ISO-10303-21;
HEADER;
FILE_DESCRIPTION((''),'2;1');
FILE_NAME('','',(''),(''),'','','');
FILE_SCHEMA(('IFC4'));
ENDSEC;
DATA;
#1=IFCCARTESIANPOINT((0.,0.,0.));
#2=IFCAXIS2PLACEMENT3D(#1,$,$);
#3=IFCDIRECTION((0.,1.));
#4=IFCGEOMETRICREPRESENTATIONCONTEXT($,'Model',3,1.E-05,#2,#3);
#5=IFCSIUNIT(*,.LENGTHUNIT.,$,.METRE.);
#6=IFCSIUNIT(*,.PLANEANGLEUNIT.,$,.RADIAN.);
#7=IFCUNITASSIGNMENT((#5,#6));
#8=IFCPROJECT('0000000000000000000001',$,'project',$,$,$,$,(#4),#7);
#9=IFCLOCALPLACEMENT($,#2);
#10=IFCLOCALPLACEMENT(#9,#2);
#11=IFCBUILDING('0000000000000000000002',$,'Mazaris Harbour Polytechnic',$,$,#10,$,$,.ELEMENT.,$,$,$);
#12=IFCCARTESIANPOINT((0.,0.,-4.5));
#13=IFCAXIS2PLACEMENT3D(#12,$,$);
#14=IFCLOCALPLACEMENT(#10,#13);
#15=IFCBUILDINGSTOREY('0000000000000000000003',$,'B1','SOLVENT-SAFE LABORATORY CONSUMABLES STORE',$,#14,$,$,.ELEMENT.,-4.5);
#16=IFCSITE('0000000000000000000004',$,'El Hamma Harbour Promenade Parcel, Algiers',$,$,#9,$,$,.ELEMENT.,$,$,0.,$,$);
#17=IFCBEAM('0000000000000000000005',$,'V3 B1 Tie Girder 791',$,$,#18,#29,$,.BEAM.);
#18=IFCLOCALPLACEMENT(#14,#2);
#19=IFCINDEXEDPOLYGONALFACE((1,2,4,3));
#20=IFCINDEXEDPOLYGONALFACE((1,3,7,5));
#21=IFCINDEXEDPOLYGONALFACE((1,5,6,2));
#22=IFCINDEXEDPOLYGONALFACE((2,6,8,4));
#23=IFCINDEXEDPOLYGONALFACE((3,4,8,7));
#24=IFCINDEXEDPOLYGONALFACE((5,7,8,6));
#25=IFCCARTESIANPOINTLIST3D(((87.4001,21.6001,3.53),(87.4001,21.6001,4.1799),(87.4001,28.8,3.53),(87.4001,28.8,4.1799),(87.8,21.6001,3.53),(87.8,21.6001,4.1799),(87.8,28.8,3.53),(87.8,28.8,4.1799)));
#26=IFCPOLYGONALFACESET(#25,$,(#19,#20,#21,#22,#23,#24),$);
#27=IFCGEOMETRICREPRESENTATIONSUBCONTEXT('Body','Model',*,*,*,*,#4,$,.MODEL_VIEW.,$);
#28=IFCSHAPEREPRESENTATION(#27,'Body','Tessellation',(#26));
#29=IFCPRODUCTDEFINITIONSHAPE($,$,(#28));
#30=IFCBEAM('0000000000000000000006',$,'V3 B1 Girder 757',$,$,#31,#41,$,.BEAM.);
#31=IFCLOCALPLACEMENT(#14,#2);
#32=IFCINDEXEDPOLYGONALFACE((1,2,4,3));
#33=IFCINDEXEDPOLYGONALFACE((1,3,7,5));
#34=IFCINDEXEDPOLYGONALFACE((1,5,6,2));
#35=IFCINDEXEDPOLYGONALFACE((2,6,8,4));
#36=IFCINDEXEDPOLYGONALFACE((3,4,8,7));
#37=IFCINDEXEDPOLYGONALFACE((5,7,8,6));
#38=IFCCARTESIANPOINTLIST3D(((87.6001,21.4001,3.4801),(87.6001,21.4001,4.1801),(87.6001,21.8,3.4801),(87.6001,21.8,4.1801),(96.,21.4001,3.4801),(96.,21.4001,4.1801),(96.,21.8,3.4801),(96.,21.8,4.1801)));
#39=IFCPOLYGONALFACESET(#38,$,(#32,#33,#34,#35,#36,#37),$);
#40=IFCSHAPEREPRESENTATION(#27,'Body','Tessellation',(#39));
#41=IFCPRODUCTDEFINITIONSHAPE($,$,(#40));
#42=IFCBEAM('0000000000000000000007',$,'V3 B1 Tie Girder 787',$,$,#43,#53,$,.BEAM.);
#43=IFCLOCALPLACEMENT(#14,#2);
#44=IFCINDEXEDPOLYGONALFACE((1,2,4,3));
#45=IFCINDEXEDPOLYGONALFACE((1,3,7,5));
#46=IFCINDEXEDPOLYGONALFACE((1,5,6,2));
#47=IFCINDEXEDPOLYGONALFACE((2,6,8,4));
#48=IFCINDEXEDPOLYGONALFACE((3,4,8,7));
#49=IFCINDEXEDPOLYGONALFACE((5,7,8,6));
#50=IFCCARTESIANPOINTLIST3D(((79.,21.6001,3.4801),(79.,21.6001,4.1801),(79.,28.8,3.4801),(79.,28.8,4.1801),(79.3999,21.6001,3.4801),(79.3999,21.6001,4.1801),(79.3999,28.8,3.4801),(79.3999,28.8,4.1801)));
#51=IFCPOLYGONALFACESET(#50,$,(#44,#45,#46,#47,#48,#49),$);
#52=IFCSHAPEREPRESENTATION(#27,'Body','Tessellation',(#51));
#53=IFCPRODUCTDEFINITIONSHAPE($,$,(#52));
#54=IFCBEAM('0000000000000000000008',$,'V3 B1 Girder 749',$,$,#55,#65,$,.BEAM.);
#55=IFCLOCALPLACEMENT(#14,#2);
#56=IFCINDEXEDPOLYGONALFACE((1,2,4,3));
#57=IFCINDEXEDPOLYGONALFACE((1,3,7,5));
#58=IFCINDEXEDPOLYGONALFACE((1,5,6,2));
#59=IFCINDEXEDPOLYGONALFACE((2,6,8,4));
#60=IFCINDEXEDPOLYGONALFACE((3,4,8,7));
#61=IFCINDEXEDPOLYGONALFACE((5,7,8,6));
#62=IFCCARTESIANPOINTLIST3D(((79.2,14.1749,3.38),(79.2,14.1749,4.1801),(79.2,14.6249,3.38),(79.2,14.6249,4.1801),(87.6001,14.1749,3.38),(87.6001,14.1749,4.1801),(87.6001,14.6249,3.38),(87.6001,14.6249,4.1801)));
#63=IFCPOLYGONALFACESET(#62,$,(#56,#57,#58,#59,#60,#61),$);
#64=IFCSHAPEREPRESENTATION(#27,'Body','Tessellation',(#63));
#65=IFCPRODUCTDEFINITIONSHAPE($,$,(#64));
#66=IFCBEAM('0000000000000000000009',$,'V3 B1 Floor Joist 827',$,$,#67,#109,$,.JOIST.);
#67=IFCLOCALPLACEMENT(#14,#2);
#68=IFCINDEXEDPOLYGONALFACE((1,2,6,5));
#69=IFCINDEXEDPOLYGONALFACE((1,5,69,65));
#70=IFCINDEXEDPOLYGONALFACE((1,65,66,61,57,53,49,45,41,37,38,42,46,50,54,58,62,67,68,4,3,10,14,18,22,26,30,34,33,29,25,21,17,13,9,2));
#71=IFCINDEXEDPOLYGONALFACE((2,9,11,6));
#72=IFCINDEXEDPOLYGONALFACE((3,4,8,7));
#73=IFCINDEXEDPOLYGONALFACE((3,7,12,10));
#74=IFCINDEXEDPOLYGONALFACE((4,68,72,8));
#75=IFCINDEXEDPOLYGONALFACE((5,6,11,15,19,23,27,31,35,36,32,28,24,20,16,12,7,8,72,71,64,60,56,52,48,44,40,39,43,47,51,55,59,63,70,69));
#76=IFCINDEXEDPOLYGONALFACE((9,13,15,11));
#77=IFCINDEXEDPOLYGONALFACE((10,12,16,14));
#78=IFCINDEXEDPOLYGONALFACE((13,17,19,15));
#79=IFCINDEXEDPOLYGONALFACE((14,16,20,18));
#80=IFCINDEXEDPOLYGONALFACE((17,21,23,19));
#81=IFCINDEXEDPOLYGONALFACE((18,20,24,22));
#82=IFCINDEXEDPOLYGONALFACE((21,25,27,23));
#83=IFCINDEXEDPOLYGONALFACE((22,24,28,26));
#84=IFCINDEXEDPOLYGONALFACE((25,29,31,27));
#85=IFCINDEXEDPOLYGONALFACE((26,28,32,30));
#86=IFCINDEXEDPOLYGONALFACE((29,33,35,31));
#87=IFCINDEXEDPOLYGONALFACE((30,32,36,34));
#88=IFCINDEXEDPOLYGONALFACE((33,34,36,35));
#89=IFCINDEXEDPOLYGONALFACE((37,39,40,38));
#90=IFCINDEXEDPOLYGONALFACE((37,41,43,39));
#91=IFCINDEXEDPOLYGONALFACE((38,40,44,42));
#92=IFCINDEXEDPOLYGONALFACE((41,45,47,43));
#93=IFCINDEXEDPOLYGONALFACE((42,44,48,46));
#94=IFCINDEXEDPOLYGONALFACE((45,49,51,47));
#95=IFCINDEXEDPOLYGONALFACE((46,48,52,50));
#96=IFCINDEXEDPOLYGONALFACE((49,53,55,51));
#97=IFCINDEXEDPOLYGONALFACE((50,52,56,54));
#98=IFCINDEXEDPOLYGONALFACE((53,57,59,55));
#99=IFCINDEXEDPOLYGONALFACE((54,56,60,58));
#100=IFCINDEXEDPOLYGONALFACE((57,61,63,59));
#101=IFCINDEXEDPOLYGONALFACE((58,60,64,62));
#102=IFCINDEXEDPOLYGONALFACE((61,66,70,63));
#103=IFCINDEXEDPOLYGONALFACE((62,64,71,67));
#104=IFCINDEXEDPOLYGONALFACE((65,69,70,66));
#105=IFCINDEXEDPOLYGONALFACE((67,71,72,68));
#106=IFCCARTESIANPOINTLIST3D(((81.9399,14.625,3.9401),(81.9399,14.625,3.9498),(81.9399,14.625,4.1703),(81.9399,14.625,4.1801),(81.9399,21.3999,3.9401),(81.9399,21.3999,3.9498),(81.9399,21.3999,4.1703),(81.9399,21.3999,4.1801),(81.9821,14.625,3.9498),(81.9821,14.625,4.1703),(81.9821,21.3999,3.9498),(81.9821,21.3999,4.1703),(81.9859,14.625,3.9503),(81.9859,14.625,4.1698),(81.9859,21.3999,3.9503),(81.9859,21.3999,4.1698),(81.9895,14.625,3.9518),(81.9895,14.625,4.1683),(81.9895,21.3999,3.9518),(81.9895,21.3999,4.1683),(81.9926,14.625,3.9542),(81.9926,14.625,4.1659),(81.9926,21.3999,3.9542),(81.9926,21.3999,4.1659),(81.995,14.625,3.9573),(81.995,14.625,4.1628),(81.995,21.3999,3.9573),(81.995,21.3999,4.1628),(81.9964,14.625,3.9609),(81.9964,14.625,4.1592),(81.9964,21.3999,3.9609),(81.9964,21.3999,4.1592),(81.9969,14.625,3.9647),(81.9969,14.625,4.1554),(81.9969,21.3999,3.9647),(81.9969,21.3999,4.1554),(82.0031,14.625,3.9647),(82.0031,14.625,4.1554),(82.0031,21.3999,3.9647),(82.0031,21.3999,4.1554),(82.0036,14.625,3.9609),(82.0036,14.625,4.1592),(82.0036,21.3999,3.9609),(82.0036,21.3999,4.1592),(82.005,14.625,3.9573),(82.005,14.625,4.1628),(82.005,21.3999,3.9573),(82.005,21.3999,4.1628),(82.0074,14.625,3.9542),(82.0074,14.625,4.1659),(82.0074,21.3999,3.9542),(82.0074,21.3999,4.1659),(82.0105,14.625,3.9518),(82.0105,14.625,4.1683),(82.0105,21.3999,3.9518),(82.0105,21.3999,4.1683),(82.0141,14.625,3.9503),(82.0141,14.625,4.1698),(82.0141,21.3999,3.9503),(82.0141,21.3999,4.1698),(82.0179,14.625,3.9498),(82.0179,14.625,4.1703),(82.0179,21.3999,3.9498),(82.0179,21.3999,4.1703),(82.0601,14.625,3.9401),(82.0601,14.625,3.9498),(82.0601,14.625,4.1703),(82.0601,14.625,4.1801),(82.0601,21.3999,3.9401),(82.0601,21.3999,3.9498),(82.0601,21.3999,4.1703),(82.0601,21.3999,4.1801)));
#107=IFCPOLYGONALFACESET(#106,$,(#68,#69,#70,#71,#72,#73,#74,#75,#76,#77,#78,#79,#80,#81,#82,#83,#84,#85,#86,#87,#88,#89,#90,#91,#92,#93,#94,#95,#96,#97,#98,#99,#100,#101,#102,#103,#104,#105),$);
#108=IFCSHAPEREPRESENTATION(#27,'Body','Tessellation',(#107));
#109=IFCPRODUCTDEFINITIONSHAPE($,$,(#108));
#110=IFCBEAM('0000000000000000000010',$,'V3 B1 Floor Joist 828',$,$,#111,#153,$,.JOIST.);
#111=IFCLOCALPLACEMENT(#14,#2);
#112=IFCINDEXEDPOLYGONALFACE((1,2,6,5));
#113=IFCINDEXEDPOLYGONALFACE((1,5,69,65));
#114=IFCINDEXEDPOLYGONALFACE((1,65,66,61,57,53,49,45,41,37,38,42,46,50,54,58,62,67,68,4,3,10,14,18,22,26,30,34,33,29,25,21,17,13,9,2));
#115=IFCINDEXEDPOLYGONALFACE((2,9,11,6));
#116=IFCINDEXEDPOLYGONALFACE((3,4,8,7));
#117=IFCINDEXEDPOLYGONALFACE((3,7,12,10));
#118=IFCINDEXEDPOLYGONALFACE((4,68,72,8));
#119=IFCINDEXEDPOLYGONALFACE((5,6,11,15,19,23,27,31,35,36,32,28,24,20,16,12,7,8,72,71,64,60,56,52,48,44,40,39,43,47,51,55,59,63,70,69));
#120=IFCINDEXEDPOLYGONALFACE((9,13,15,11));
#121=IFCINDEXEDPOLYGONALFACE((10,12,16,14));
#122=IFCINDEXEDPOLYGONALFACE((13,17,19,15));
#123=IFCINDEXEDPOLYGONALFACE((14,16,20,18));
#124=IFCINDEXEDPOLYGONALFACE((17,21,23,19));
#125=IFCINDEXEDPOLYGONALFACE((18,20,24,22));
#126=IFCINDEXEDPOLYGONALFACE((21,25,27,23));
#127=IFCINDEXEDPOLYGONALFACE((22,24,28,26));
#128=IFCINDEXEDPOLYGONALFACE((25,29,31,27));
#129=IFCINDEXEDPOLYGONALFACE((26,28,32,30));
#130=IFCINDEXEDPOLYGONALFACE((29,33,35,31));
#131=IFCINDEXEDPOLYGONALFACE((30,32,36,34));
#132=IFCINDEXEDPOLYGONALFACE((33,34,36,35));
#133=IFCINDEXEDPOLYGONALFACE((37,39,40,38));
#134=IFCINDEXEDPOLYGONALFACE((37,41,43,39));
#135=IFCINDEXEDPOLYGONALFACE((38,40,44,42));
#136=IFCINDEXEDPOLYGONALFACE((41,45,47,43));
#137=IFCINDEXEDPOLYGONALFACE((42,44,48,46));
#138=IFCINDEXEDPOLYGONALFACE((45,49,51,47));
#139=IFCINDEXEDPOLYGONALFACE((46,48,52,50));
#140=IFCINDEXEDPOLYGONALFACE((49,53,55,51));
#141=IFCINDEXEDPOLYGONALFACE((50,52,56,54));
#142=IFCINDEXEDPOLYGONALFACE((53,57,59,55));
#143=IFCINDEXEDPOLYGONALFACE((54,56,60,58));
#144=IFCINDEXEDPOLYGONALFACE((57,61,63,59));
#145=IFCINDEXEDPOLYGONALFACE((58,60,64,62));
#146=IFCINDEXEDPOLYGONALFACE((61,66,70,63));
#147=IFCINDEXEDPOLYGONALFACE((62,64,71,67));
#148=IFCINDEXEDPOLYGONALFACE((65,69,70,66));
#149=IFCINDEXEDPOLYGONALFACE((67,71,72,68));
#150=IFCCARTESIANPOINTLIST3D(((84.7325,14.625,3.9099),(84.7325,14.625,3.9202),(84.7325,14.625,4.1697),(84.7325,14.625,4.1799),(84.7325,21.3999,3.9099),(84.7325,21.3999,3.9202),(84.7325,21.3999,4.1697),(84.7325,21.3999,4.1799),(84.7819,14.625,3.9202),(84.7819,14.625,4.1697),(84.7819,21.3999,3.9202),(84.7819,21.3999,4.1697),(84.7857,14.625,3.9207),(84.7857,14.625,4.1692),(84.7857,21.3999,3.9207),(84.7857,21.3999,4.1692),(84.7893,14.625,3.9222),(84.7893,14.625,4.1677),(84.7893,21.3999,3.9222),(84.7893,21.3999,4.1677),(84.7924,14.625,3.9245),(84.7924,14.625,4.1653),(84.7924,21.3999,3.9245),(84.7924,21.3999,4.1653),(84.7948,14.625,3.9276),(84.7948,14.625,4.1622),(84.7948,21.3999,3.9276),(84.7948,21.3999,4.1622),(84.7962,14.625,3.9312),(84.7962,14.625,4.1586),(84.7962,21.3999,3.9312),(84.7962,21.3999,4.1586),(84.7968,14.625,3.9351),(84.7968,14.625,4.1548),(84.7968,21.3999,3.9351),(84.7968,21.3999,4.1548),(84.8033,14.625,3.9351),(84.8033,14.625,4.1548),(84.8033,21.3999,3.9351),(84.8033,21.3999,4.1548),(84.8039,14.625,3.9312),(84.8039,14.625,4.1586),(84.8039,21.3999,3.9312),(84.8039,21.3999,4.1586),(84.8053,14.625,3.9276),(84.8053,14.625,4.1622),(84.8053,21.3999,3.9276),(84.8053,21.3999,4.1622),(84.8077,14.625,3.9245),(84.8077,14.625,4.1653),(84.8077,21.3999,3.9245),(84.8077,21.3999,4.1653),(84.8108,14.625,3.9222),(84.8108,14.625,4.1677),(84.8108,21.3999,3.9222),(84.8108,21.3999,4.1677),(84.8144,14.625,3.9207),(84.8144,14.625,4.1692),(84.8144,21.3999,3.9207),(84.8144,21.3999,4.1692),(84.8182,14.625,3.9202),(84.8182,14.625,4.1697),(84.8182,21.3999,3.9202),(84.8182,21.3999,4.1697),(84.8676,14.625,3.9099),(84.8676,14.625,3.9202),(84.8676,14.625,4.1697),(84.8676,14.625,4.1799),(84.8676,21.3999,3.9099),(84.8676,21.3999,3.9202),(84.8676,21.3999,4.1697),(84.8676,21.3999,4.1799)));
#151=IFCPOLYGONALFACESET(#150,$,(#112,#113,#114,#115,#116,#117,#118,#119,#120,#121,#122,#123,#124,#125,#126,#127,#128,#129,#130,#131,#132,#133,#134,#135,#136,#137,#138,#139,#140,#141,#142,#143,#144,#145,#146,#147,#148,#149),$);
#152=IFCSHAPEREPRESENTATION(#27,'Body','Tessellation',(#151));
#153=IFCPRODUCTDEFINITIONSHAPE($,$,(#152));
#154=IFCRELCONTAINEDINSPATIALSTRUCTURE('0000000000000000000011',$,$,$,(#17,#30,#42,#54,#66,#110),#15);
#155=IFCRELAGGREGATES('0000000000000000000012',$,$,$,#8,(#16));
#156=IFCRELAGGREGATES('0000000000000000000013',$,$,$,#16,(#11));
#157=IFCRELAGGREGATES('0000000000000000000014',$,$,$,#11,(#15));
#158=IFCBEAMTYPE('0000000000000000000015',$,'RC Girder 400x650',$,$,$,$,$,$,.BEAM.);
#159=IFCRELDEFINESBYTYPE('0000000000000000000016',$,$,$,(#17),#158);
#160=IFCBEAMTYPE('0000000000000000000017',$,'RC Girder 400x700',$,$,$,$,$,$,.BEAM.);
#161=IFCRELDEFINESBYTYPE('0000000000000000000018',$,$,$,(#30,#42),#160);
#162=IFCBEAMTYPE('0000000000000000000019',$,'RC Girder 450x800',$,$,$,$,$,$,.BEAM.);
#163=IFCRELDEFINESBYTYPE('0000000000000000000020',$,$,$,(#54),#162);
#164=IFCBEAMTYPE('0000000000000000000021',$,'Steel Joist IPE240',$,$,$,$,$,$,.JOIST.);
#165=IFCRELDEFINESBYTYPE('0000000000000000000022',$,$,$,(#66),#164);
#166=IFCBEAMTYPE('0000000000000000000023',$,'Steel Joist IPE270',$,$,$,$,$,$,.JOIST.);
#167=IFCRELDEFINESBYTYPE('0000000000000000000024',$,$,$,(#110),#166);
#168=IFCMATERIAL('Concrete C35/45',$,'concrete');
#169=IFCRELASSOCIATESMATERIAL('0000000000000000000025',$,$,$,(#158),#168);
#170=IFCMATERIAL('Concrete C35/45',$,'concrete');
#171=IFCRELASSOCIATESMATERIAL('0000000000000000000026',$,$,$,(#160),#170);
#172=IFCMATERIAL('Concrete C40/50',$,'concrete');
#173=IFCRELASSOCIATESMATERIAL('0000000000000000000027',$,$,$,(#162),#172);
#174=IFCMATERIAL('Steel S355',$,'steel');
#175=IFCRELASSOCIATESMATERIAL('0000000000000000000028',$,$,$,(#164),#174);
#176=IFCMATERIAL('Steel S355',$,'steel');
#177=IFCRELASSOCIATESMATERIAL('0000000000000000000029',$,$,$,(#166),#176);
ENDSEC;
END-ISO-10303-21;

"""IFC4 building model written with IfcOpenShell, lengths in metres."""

from ifc_helpers import new_model, si_unit, direction, frame, origin, origin_2d, place, context, subcontext, project, spatial, rectangle, i_section, extrude, material, material_profile, profile_set, type_object, element, save


model = new_model("IFC4")

# Units and contexts
model_context = context("Model", 3, precision=1e-05, world=origin(), true_north=direction((0.0, 1.0)))
body_context = subcontext(model_context, "Body", "Model", "MODEL_VIEW")
ifc_project = project(units=[si_unit("LENGTHUNIT", "METRE"), si_unit("PLANEANGLEUNIT", "RADIAN")], contexts=[model_context])

# Site, building, storey
site_placement = place(None, origin())
site = spatial("IfcSite", under=ifc_project, at=site_placement, Name="El Hamma Harbour Promenade Parcel, Algiers", CompositionType="ELEMENT", RefElevation=0.0)
building_placement = place(site_placement, origin())
building = spatial("IfcBuilding", under=site, at=building_placement, Name="Mazaris Harbour Polytechnic", CompositionType="ELEMENT")
storey_placement = place(building_placement, frame((0.0, 0.0, -4.5)))
storey = spatial("IfcBuildingStorey", under=building, at=storey_placement, Name="B1", Description="SOLVENT-SAFE LABORATORY CONSUMABLES STORE", CompositionType="ELEMENT", Elevation=-4.5)

# Beams
ifc_material_1 = material(Name="Concrete C35/45", Category="concrete")
ifc_material_profile_1 = material_profile(ifc_material_1, rectangle(XDim=0.3999, YDim=0.6499, at=origin_2d()), Name="RECT400x650")
ifc_profile_set_1 = profile_set([ifc_material_profile_1], Name="Concrete C35/45")
beam_type_1 = type_object("IfcBeamType", Name="RC Girder 400x650", PredefinedType="BEAM", material=ifc_profile_set_1)
beam_1_placement = place(storey_placement, frame((87.6001, 21.6001, 3.855), z_axis=(0.0, 1.0, 0.0), x_axis=(-1.0, 0.0, 0.0)))
element("IfcBeam", 1, at=beam_1_placement, inside=storey, type_object=beam_type_1, Name="V3 B1 Tie Girder 791", PredefinedType="BEAM", context=body_context, shape_type="SweptSolid", body=[
    extrude(rectangle(XDim=0.3999, YDim=0.6499, at=origin_2d()), origin(), (0.0, 0.0, 1.0), 7.2),
])
ifc_material_2 = material(Name="Concrete C35/45", Category="concrete")
ifc_material_profile_2 = material_profile(ifc_material_2, rectangle(XDim=0.3999, YDim=0.7, at=origin_2d()), Name="RECT400x700")
ifc_profile_set_2 = profile_set([ifc_material_profile_2], Name="Concrete C35/45")
beam_type_2 = type_object("IfcBeamType", Name="RC Girder 400x700", PredefinedType="BEAM", material=ifc_profile_set_2)
beam_2_placement = place(storey_placement, frame((87.6001, 21.6001, 3.8301), z_axis=(1.0, 0.0, 0.0), x_axis=(0.0, 1.0, 0.0)))
element("IfcBeam", 2, at=beam_2_placement, inside=storey, type_object=beam_type_2, Name="V3 B1 Girder 757", PredefinedType="BEAM", context=body_context, shape_type="SweptSolid", body=[
    extrude(rectangle(XDim=0.3999, YDim=0.7, at=origin_2d()), origin(), (0.0, 0.0, 1.0), 8.3999),
])
beam_3_placement = place(storey_placement, frame((79.2, 21.6001, 3.8301), z_axis=(0.0, 1.0, 0.0), x_axis=(-1.0, 0.0, 0.0)))
element("IfcBeam", 3, at=beam_3_placement, inside=storey, type_object=beam_type_2, Name="V3 B1 Tie Girder 787", PredefinedType="BEAM", context=body_context, shape_type="SweptSolid", body=[
    extrude(rectangle(XDim=0.3999, YDim=0.7, at=origin_2d()), origin(), (0.0, 0.0, 1.0), 7.2),
])
ifc_material_3 = material(Name="Concrete C40/50", Category="concrete")
ifc_material_profile_3 = material_profile(ifc_material_3, rectangle(XDim=0.45, YDim=0.8, at=origin_2d()), Name="RECT450x800")
ifc_profile_set_3 = profile_set([ifc_material_profile_3], Name="Concrete C40/50")
beam_type_3 = type_object("IfcBeamType", Name="RC Girder 450x800", PredefinedType="BEAM", material=ifc_profile_set_3)
beam_4_placement = place(storey_placement, frame((79.2, 14.3999, 3.78), z_axis=(1.0, 0.0, 0.0), x_axis=(0.0, 1.0, 0.0)))
element("IfcBeam", 4, at=beam_4_placement, inside=storey, type_object=beam_type_3, Name="V3 B1 Girder 749", PredefinedType="BEAM", context=body_context, shape_type="SweptSolid", body=[
    extrude(rectangle(XDim=0.45, YDim=0.8, at=origin_2d()), origin(), (0.0, 0.0, 1.0), 8.4001),
])
ifc_material_4 = material(Name="Steel S355", Category="steel")
ifc_material_profile_4 = material_profile(ifc_material_4, i_section(OverallWidth=0.1201, OverallDepth=0.24, WebThickness=0.0061, FlangeThickness=0.0098, FilletRadius=0.0149, at=origin_2d()), Name="IPE 240")
ifc_profile_set_4 = profile_set([ifc_material_profile_4], Name="Steel S355")
beam_type_4 = type_object("IfcBeamType", Name="Steel Joist IPE240", PredefinedType="JOIST", material=ifc_profile_set_4)
beam_5_placement = place(storey_placement, frame((82.0, 14.625, 4.0601), z_axis=(0.0, 1.0, 0.0), x_axis=(-1.0, 0.0, 0.0)))
element("IfcBeam", 5, at=beam_5_placement, inside=storey, type_object=beam_type_4, Name="V3 B1 Floor Joist 827", PredefinedType="JOIST", context=body_context, shape_type="SweptSolid", body=[
    extrude(i_section(OverallWidth=0.1201, OverallDepth=0.24, WebThickness=0.0061, FlangeThickness=0.0098, FilletRadius=0.0149, at=origin_2d()), origin(), (0.0, 0.0, 1.0), 6.7749),
])
ifc_material_5 = material(Name="Steel S355", Category="steel")
ifc_material_profile_5 = material_profile(ifc_material_5, i_section(OverallWidth=0.135, OverallDepth=0.27, WebThickness=0.0066, FlangeThickness=0.0103, FilletRadius=0.0149, at=origin_2d()), Name="IPE 270")
ifc_profile_set_5 = profile_set([ifc_material_profile_5], Name="Steel S355")
beam_type_5 = type_object("IfcBeamType", Name="Steel Joist IPE270", PredefinedType="JOIST", material=ifc_profile_set_5)
beam_6_placement = place(storey_placement, frame((84.8, 14.625, 4.0449), z_axis=(0.0, 1.0, 0.0), x_axis=(-1.0, 0.0, 0.0)))
element("IfcBeam", 6, at=beam_6_placement, inside=storey, type_object=beam_type_5, Name="V3 B1 Floor Joist 828", PredefinedType="JOIST", context=body_context, shape_type="SweptSolid", body=[
    extrude(i_section(OverallWidth=0.135, OverallDepth=0.27, WebThickness=0.0066, FlangeThickness=0.0103, FilletRadius=0.0149, at=origin_2d()), origin(), (0.0, 0.0, 1.0), 6.7749),
])

save(model, "model.ifc")
